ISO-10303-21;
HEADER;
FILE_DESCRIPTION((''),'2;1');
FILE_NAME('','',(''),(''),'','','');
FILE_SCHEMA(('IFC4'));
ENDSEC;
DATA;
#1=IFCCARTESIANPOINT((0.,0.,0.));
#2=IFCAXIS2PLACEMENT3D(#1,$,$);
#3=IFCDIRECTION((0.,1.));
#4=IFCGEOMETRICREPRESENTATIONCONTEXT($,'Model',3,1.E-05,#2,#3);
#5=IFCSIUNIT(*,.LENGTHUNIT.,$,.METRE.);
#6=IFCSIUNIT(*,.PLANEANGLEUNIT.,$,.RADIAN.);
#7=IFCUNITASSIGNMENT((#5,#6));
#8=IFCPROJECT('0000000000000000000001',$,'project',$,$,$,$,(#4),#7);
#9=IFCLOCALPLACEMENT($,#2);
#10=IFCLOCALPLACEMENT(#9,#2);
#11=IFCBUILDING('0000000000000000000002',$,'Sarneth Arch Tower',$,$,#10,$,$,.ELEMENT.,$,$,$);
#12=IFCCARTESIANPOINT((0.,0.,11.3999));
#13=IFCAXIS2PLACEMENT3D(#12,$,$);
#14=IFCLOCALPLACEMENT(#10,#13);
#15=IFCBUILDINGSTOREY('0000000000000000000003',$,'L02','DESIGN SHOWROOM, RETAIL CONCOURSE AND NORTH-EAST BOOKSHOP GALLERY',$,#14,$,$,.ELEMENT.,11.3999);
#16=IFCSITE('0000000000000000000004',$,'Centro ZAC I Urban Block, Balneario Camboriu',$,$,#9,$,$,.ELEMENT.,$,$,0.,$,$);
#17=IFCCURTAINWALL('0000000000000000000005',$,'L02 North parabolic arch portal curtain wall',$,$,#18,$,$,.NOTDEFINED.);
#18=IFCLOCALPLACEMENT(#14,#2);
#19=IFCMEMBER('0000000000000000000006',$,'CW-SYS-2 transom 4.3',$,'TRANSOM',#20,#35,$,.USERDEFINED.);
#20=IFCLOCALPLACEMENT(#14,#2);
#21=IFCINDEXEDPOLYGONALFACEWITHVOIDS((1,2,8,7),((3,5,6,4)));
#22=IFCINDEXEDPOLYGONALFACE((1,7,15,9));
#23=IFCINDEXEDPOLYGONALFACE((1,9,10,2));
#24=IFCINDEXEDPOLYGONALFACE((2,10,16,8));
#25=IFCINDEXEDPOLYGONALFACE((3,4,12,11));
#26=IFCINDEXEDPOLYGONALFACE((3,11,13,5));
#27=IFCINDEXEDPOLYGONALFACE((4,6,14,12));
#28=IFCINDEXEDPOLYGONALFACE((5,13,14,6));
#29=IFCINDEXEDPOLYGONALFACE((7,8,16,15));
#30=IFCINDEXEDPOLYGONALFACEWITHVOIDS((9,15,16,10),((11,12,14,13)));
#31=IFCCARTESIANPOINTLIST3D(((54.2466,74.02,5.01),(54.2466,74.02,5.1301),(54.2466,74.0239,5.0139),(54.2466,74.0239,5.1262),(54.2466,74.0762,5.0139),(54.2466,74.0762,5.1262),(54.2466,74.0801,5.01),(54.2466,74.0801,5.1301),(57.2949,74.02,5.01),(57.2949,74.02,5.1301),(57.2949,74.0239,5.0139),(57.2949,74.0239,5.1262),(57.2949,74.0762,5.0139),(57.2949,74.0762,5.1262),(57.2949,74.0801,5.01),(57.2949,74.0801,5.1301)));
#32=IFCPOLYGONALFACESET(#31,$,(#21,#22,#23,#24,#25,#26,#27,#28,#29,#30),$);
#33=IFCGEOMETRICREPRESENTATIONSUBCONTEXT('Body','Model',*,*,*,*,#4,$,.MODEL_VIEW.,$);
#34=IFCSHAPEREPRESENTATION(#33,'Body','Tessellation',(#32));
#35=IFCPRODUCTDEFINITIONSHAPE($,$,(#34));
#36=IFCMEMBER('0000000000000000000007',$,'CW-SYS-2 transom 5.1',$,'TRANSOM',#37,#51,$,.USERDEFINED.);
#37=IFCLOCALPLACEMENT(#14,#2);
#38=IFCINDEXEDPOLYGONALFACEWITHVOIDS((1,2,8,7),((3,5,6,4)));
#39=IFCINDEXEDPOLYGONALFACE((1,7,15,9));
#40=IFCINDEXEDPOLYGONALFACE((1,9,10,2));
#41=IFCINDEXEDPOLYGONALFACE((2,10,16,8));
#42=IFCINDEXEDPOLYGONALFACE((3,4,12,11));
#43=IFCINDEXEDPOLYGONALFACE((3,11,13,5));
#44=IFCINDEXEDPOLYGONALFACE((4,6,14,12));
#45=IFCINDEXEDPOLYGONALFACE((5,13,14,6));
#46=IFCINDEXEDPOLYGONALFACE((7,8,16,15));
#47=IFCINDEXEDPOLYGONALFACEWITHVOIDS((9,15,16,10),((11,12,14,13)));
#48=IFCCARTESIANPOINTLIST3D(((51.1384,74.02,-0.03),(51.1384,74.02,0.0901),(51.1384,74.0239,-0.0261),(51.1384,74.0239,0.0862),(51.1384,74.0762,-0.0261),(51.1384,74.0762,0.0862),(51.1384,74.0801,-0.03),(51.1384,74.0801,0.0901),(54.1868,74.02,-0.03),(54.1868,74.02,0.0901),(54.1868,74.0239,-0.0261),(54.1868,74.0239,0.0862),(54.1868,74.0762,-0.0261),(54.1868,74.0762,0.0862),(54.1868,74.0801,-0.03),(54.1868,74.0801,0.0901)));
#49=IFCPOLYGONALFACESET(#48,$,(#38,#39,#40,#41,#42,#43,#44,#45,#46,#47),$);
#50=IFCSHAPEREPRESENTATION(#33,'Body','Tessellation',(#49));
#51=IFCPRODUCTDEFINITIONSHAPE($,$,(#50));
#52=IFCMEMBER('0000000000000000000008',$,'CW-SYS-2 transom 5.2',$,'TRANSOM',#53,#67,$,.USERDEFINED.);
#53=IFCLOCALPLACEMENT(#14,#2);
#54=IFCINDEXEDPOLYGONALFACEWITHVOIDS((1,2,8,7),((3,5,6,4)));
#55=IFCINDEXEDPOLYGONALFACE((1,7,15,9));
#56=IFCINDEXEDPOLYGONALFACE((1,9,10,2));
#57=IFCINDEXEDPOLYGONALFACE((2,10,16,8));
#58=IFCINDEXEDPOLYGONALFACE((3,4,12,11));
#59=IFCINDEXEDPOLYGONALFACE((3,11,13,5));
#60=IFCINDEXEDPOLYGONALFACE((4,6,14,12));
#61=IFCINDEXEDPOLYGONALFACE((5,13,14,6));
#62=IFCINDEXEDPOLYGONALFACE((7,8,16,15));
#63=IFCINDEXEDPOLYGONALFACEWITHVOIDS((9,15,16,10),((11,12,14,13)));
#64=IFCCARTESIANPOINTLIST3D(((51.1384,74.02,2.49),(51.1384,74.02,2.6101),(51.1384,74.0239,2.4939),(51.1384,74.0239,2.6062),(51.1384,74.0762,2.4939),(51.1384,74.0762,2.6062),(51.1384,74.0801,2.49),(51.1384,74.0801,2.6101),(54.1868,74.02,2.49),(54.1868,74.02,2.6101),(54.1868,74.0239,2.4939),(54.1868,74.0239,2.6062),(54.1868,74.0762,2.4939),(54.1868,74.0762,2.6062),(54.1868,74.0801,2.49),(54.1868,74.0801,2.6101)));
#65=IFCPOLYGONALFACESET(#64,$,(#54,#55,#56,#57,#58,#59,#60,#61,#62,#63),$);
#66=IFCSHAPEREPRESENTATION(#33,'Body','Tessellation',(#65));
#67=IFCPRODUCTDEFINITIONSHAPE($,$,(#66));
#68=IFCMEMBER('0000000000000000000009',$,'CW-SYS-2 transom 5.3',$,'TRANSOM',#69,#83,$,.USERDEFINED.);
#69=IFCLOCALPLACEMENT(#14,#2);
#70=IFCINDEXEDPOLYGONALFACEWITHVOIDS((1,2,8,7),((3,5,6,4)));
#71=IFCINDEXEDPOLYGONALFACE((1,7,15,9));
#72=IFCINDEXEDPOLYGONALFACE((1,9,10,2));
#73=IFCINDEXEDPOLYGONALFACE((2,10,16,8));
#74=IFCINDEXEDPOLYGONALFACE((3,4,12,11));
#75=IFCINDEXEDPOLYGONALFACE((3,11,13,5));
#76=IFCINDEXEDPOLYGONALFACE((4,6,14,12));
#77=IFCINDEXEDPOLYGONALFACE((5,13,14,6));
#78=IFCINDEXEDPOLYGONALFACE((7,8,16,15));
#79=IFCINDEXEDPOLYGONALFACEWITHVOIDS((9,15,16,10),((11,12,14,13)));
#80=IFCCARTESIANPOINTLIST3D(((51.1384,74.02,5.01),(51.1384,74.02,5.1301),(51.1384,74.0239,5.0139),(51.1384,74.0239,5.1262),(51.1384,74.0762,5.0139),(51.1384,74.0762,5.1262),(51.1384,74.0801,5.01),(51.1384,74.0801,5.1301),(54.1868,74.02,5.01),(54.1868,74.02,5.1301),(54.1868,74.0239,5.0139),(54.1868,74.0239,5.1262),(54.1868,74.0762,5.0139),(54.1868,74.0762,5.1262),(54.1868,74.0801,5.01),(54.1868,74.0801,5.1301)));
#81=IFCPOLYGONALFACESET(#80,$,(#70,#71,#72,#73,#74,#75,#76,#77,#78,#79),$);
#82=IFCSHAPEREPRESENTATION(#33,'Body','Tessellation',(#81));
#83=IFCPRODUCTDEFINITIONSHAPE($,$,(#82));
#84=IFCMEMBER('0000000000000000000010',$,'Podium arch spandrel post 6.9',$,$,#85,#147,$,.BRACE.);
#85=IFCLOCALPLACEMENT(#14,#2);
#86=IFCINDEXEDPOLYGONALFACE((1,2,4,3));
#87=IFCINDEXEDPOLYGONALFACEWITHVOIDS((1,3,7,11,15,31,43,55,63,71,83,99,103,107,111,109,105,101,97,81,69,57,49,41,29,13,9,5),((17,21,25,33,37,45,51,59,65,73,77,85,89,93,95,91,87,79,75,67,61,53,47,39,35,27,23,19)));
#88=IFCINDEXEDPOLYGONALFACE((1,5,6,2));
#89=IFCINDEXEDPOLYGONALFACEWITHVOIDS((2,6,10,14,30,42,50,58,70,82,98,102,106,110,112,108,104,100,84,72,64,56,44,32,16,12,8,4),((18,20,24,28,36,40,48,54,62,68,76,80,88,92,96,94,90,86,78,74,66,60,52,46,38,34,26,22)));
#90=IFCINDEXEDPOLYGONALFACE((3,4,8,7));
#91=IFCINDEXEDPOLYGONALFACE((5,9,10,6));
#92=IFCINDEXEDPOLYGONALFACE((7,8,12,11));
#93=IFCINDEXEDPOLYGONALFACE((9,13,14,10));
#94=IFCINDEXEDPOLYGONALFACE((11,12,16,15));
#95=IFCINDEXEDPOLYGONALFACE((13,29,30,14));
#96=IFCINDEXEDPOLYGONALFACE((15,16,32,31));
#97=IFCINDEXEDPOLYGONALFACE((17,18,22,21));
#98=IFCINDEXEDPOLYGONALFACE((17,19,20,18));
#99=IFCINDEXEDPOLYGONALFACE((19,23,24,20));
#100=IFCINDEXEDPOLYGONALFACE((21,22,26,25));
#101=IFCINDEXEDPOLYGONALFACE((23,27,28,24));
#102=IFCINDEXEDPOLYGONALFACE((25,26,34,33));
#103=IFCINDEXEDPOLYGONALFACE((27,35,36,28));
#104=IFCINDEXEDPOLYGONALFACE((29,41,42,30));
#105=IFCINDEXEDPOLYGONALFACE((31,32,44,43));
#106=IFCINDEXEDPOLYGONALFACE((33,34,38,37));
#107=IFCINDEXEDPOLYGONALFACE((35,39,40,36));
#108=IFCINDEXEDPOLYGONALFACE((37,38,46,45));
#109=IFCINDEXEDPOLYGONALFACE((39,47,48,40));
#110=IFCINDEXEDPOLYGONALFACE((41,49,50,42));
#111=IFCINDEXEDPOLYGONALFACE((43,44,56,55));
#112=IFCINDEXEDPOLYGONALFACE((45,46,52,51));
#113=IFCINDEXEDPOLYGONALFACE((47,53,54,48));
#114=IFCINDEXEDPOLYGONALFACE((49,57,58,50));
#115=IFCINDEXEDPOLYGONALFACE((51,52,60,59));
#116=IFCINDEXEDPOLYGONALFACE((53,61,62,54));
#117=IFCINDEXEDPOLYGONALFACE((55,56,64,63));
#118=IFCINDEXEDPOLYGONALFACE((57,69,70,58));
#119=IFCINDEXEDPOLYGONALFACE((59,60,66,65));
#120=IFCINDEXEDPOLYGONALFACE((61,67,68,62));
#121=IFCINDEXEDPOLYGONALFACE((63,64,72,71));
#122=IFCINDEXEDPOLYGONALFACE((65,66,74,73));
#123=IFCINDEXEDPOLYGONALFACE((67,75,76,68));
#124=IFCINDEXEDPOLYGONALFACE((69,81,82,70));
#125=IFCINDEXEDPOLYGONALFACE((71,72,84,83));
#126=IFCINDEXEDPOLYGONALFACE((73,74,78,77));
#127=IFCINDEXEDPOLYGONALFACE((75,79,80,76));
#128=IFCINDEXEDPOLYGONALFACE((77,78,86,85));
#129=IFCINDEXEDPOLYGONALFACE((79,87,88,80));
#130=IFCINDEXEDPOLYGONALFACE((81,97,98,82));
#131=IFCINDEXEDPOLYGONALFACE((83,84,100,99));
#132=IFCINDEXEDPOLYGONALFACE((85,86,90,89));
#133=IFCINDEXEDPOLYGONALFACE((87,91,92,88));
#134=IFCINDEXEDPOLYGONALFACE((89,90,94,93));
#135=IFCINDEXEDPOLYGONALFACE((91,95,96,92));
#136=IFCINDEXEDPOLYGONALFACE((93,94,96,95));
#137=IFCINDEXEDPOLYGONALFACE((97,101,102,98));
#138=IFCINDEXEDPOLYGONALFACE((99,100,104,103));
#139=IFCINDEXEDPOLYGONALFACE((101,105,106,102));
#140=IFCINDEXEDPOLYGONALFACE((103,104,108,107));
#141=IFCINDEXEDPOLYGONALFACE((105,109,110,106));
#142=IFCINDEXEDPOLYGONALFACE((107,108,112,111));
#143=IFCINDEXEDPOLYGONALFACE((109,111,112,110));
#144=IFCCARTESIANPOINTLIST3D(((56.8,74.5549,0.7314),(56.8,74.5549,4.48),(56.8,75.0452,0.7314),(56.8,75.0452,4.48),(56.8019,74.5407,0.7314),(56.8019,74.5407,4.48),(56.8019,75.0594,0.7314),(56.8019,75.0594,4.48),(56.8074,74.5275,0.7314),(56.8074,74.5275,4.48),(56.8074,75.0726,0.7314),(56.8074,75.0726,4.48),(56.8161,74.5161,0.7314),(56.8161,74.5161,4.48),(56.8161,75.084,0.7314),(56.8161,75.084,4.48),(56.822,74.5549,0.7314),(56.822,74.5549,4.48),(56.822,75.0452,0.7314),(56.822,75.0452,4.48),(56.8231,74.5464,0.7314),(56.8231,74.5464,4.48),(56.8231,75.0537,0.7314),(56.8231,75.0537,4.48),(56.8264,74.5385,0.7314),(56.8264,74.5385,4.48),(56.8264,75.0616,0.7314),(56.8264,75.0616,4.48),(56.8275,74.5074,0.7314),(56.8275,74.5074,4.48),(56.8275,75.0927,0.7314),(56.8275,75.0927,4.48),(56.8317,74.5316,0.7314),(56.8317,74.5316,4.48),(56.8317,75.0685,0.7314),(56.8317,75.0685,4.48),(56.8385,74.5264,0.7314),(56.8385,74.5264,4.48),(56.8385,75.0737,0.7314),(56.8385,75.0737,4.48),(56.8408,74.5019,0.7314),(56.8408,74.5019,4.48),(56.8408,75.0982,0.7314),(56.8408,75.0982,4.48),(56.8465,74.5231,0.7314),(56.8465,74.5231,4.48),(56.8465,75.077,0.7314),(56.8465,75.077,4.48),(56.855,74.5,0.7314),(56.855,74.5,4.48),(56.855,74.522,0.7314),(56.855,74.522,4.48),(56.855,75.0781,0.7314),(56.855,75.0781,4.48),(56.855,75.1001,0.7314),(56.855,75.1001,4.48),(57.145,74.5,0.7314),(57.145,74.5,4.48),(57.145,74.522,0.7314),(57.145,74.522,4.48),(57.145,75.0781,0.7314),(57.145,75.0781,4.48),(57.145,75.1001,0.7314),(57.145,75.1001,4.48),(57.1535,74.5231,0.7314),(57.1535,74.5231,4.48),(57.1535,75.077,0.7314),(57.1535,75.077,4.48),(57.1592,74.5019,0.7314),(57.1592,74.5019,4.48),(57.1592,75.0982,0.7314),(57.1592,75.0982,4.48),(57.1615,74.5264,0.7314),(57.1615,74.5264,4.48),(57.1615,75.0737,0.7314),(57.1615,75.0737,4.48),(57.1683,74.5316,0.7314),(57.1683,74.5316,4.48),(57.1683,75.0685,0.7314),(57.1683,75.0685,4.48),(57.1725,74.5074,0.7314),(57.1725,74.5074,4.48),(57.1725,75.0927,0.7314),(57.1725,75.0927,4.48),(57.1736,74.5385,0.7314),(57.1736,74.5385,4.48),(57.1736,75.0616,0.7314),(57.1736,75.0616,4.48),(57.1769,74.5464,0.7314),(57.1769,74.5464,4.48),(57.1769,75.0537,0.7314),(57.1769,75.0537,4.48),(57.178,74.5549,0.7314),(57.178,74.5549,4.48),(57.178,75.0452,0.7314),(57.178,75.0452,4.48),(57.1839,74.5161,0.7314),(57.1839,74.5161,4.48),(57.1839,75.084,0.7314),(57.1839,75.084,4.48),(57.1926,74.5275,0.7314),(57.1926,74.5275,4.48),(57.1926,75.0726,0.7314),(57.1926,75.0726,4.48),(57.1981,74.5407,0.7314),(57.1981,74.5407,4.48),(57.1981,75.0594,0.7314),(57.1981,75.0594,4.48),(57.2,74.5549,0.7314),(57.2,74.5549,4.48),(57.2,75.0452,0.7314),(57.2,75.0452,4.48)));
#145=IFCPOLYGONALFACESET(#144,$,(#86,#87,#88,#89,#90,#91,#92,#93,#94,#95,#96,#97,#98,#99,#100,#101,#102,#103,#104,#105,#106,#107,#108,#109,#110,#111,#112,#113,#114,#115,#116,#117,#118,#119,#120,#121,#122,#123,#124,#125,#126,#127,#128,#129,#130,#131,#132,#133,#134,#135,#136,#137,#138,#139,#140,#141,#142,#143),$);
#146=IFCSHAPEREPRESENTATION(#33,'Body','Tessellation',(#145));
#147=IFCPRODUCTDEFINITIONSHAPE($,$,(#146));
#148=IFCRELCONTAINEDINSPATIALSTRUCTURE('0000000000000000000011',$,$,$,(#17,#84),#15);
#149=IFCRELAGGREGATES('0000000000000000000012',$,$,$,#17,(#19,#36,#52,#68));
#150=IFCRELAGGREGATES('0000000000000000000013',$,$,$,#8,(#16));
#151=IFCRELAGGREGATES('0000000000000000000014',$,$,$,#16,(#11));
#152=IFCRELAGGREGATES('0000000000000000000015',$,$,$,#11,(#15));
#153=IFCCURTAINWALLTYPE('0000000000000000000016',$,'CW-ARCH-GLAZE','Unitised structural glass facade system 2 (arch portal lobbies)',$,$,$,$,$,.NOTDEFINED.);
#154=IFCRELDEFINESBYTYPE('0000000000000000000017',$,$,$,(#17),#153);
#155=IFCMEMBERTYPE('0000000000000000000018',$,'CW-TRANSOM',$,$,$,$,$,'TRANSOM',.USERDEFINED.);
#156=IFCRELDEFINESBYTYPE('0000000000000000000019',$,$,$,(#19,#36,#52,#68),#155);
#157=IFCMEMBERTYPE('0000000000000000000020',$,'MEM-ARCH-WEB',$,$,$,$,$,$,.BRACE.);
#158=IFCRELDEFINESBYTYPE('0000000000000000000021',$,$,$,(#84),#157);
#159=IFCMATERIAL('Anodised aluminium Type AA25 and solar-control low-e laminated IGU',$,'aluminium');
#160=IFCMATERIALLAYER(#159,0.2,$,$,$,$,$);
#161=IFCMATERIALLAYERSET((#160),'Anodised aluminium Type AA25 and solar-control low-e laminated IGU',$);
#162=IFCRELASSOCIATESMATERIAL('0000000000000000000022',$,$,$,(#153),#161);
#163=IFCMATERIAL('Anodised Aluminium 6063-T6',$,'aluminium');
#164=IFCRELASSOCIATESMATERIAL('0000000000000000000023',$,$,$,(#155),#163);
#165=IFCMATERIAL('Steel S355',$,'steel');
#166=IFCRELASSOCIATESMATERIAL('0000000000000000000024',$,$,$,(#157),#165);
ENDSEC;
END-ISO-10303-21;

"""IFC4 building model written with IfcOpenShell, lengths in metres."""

from ifc_helpers import new_model, si_unit, direction, frame, origin, origin_2d, place, context, subcontext, project, spatial, hollow_rectangle, extrude, material, layer, layer_set, material_profile, profile_set, type_object, element, aggregate, save


model = new_model("IFC4")

# Units and contexts
model_context = context("Model", 3, precision=1e-05, world=origin(), true_north=direction((0.0, 1.0)))
body_context = subcontext(model_context, "Body", "Model", "MODEL_VIEW")
ifc_project = project(units=[si_unit("LENGTHUNIT", "METRE"), si_unit("PLANEANGLEUNIT", "RADIAN")], contexts=[model_context])

# Site, building, storey
site_placement = place(None, origin())
site = spatial("IfcSite", under=ifc_project, at=site_placement, Name="Centro ZAC I Urban Block, Balneario Camboriu", CompositionType="ELEMENT", RefElevation=0.0)
building_placement = place(site_placement, origin())
building = spatial("IfcBuilding", under=site, at=building_placement, Name="Sarneth Arch Tower", CompositionType="ELEMENT")
storey_placement = place(building_placement, frame((0.0, 0.0, 11.3999)))
storey = spatial("IfcBuildingStorey", under=building, at=storey_placement, Name="L02", Description="DESIGN SHOWROOM, RETAIL CONCOURSE AND NORTH-EAST BOOKSHOP GALLERY", CompositionType="ELEMENT", Elevation=11.3999)

# Curtain wall, members
ifc_material_1 = material(Name="Anodised aluminium Type AA25 and solar-control low-e laminated IGU", Category="aluminium")
ifc_layer_1 = layer(ifc_material_1, 0.2)
ifc_layer_set_1 = layer_set([ifc_layer_1], Name="Anodised aluminium Type AA25 and solar-control low-e laminated IGU")
curtain_wall_type = type_object("IfcCurtainWallType", Name="CW-ARCH-GLAZE", Description="Unitised structural glass facade system 2 (arch portal lobbies)", PredefinedType="NOTDEFINED", material=ifc_layer_set_1)
curtain_wall_placement = place(storey_placement, origin())
curtain_wall = element("IfcCurtainWall", 1, at=curtain_wall_placement, inside=storey, type_object=curtain_wall_type, Name="L02 North parabolic arch portal curtain wall", PredefinedType="NOTDEFINED")
ifc_material_2 = material(Name="Anodised Aluminium 6063-T6", Category="aluminium")
ifc_material_profile_1 = material_profile(ifc_material_2, hollow_rectangle(XDim=0.0601, YDim=0.1201, WallThickness=0.0039, at=origin_2d()), Name="AL-TRAN-120x60x4")
ifc_profile_set_1 = profile_set([ifc_material_profile_1], Name="Anodised Aluminium 6063-T6")
member_type_1 = type_object("IfcMemberType", Name="CW-TRANSOM", ElementType="TRANSOM", PredefinedType="USERDEFINED", material=ifc_profile_set_1)
member_1_placement = place(storey_placement, frame((57.2949, 74.05, 5.0701), z_axis=(-1.0, 0.0, 0.0), x_axis=(0.0, -1.0, 0.0)))
member_1 = element("IfcMember", 2, at=member_1_placement, type_object=member_type_1, Name="CW-SYS-2 transom 4.3", ObjectType="TRANSOM", PredefinedType="USERDEFINED", context=body_context, shape_type="SweptSolid", body=[
    extrude(hollow_rectangle(XDim=0.0601, YDim=0.1201, WallThickness=0.0039, at=origin_2d()), origin(), (0.0, 0.0, 1.0), 3.0483),
])
member_2_placement = place(storey_placement, frame((54.1868, 74.05, 0.03), z_axis=(-1.0, 0.0, 0.0), x_axis=(0.0, -1.0, 0.0)))
member_2 = element("IfcMember", 3, at=member_2_placement, type_object=member_type_1, Name="CW-SYS-2 transom 5.1", ObjectType="TRANSOM", PredefinedType="USERDEFINED", context=body_context, shape_type="SweptSolid", body=[
    extrude(hollow_rectangle(XDim=0.0601, YDim=0.1201, WallThickness=0.0039, at=origin_2d()), origin(), (0.0, 0.0, 1.0), 3.0483),
])
member_3_placement = place(storey_placement, frame((54.1868, 74.05, 2.55), z_axis=(-1.0, 0.0, 0.0), x_axis=(0.0, -1.0, 0.0)))
member_3 = element("IfcMember", 4, at=member_3_placement, type_object=member_type_1, Name="CW-SYS-2 transom 5.2", ObjectType="TRANSOM", PredefinedType="USERDEFINED", context=body_context, shape_type="SweptSolid", body=[
    extrude(hollow_rectangle(XDim=0.0601, YDim=0.1201, WallThickness=0.0039, at=origin_2d()), origin(), (0.0, 0.0, 1.0), 3.0483),
])
member_4_placement = place(storey_placement, frame((54.1868, 74.05, 5.0701), z_axis=(-1.0, 0.0, 0.0), x_axis=(0.0, -1.0, 0.0)))
member_4 = element("IfcMember", 5, at=member_4_placement, type_object=member_type_1, Name="CW-SYS-2 transom 5.3", ObjectType="TRANSOM", PredefinedType="USERDEFINED", context=body_context, shape_type="SweptSolid", body=[
    extrude(hollow_rectangle(XDim=0.0601, YDim=0.1201, WallThickness=0.0039, at=origin_2d()), origin(), (0.0, 0.0, 1.0), 3.0483),
])

# Member
ifc_material_3 = material(Name="Steel S355", Category="steel")
ifc_material_profile_2 = material_profile(ifc_material_3, hollow_rectangle(XDim=0.3999, YDim=0.6001, WallThickness=0.022, InnerFilletRadius=0.033, OuterFilletRadius=0.0549, at=origin_2d()), Name="RHS600x400x22")
ifc_profile_set_2 = profile_set([ifc_material_profile_2], Name="Steel S355")
member_type_2 = type_object("IfcMemberType", Name="MEM-ARCH-WEB", PredefinedType="BRACE", material=ifc_profile_set_2)
member_5_placement = place(storey_placement, frame((57.0, 74.8, 0.7314), z_axis=(0.0, 0.0, 1.0), x_axis=(1.0, 0.0, 0.0)))
element("IfcMember", 6, at=member_5_placement, inside=storey, type_object=member_type_2, Name="Podium arch spandrel post 6.9", PredefinedType="BRACE", context=body_context, shape_type="SweptSolid", body=[
    extrude(hollow_rectangle(XDim=0.3999, YDim=0.6001, WallThickness=0.022, InnerFilletRadius=0.033, OuterFilletRadius=0.0549, at=origin_2d()), origin(), (0.0, 0.0, 1.0), 3.7485),
])

aggregate(curtain_wall, [member_1, member_2, member_3, member_4])

save(model, "model.ifc")
